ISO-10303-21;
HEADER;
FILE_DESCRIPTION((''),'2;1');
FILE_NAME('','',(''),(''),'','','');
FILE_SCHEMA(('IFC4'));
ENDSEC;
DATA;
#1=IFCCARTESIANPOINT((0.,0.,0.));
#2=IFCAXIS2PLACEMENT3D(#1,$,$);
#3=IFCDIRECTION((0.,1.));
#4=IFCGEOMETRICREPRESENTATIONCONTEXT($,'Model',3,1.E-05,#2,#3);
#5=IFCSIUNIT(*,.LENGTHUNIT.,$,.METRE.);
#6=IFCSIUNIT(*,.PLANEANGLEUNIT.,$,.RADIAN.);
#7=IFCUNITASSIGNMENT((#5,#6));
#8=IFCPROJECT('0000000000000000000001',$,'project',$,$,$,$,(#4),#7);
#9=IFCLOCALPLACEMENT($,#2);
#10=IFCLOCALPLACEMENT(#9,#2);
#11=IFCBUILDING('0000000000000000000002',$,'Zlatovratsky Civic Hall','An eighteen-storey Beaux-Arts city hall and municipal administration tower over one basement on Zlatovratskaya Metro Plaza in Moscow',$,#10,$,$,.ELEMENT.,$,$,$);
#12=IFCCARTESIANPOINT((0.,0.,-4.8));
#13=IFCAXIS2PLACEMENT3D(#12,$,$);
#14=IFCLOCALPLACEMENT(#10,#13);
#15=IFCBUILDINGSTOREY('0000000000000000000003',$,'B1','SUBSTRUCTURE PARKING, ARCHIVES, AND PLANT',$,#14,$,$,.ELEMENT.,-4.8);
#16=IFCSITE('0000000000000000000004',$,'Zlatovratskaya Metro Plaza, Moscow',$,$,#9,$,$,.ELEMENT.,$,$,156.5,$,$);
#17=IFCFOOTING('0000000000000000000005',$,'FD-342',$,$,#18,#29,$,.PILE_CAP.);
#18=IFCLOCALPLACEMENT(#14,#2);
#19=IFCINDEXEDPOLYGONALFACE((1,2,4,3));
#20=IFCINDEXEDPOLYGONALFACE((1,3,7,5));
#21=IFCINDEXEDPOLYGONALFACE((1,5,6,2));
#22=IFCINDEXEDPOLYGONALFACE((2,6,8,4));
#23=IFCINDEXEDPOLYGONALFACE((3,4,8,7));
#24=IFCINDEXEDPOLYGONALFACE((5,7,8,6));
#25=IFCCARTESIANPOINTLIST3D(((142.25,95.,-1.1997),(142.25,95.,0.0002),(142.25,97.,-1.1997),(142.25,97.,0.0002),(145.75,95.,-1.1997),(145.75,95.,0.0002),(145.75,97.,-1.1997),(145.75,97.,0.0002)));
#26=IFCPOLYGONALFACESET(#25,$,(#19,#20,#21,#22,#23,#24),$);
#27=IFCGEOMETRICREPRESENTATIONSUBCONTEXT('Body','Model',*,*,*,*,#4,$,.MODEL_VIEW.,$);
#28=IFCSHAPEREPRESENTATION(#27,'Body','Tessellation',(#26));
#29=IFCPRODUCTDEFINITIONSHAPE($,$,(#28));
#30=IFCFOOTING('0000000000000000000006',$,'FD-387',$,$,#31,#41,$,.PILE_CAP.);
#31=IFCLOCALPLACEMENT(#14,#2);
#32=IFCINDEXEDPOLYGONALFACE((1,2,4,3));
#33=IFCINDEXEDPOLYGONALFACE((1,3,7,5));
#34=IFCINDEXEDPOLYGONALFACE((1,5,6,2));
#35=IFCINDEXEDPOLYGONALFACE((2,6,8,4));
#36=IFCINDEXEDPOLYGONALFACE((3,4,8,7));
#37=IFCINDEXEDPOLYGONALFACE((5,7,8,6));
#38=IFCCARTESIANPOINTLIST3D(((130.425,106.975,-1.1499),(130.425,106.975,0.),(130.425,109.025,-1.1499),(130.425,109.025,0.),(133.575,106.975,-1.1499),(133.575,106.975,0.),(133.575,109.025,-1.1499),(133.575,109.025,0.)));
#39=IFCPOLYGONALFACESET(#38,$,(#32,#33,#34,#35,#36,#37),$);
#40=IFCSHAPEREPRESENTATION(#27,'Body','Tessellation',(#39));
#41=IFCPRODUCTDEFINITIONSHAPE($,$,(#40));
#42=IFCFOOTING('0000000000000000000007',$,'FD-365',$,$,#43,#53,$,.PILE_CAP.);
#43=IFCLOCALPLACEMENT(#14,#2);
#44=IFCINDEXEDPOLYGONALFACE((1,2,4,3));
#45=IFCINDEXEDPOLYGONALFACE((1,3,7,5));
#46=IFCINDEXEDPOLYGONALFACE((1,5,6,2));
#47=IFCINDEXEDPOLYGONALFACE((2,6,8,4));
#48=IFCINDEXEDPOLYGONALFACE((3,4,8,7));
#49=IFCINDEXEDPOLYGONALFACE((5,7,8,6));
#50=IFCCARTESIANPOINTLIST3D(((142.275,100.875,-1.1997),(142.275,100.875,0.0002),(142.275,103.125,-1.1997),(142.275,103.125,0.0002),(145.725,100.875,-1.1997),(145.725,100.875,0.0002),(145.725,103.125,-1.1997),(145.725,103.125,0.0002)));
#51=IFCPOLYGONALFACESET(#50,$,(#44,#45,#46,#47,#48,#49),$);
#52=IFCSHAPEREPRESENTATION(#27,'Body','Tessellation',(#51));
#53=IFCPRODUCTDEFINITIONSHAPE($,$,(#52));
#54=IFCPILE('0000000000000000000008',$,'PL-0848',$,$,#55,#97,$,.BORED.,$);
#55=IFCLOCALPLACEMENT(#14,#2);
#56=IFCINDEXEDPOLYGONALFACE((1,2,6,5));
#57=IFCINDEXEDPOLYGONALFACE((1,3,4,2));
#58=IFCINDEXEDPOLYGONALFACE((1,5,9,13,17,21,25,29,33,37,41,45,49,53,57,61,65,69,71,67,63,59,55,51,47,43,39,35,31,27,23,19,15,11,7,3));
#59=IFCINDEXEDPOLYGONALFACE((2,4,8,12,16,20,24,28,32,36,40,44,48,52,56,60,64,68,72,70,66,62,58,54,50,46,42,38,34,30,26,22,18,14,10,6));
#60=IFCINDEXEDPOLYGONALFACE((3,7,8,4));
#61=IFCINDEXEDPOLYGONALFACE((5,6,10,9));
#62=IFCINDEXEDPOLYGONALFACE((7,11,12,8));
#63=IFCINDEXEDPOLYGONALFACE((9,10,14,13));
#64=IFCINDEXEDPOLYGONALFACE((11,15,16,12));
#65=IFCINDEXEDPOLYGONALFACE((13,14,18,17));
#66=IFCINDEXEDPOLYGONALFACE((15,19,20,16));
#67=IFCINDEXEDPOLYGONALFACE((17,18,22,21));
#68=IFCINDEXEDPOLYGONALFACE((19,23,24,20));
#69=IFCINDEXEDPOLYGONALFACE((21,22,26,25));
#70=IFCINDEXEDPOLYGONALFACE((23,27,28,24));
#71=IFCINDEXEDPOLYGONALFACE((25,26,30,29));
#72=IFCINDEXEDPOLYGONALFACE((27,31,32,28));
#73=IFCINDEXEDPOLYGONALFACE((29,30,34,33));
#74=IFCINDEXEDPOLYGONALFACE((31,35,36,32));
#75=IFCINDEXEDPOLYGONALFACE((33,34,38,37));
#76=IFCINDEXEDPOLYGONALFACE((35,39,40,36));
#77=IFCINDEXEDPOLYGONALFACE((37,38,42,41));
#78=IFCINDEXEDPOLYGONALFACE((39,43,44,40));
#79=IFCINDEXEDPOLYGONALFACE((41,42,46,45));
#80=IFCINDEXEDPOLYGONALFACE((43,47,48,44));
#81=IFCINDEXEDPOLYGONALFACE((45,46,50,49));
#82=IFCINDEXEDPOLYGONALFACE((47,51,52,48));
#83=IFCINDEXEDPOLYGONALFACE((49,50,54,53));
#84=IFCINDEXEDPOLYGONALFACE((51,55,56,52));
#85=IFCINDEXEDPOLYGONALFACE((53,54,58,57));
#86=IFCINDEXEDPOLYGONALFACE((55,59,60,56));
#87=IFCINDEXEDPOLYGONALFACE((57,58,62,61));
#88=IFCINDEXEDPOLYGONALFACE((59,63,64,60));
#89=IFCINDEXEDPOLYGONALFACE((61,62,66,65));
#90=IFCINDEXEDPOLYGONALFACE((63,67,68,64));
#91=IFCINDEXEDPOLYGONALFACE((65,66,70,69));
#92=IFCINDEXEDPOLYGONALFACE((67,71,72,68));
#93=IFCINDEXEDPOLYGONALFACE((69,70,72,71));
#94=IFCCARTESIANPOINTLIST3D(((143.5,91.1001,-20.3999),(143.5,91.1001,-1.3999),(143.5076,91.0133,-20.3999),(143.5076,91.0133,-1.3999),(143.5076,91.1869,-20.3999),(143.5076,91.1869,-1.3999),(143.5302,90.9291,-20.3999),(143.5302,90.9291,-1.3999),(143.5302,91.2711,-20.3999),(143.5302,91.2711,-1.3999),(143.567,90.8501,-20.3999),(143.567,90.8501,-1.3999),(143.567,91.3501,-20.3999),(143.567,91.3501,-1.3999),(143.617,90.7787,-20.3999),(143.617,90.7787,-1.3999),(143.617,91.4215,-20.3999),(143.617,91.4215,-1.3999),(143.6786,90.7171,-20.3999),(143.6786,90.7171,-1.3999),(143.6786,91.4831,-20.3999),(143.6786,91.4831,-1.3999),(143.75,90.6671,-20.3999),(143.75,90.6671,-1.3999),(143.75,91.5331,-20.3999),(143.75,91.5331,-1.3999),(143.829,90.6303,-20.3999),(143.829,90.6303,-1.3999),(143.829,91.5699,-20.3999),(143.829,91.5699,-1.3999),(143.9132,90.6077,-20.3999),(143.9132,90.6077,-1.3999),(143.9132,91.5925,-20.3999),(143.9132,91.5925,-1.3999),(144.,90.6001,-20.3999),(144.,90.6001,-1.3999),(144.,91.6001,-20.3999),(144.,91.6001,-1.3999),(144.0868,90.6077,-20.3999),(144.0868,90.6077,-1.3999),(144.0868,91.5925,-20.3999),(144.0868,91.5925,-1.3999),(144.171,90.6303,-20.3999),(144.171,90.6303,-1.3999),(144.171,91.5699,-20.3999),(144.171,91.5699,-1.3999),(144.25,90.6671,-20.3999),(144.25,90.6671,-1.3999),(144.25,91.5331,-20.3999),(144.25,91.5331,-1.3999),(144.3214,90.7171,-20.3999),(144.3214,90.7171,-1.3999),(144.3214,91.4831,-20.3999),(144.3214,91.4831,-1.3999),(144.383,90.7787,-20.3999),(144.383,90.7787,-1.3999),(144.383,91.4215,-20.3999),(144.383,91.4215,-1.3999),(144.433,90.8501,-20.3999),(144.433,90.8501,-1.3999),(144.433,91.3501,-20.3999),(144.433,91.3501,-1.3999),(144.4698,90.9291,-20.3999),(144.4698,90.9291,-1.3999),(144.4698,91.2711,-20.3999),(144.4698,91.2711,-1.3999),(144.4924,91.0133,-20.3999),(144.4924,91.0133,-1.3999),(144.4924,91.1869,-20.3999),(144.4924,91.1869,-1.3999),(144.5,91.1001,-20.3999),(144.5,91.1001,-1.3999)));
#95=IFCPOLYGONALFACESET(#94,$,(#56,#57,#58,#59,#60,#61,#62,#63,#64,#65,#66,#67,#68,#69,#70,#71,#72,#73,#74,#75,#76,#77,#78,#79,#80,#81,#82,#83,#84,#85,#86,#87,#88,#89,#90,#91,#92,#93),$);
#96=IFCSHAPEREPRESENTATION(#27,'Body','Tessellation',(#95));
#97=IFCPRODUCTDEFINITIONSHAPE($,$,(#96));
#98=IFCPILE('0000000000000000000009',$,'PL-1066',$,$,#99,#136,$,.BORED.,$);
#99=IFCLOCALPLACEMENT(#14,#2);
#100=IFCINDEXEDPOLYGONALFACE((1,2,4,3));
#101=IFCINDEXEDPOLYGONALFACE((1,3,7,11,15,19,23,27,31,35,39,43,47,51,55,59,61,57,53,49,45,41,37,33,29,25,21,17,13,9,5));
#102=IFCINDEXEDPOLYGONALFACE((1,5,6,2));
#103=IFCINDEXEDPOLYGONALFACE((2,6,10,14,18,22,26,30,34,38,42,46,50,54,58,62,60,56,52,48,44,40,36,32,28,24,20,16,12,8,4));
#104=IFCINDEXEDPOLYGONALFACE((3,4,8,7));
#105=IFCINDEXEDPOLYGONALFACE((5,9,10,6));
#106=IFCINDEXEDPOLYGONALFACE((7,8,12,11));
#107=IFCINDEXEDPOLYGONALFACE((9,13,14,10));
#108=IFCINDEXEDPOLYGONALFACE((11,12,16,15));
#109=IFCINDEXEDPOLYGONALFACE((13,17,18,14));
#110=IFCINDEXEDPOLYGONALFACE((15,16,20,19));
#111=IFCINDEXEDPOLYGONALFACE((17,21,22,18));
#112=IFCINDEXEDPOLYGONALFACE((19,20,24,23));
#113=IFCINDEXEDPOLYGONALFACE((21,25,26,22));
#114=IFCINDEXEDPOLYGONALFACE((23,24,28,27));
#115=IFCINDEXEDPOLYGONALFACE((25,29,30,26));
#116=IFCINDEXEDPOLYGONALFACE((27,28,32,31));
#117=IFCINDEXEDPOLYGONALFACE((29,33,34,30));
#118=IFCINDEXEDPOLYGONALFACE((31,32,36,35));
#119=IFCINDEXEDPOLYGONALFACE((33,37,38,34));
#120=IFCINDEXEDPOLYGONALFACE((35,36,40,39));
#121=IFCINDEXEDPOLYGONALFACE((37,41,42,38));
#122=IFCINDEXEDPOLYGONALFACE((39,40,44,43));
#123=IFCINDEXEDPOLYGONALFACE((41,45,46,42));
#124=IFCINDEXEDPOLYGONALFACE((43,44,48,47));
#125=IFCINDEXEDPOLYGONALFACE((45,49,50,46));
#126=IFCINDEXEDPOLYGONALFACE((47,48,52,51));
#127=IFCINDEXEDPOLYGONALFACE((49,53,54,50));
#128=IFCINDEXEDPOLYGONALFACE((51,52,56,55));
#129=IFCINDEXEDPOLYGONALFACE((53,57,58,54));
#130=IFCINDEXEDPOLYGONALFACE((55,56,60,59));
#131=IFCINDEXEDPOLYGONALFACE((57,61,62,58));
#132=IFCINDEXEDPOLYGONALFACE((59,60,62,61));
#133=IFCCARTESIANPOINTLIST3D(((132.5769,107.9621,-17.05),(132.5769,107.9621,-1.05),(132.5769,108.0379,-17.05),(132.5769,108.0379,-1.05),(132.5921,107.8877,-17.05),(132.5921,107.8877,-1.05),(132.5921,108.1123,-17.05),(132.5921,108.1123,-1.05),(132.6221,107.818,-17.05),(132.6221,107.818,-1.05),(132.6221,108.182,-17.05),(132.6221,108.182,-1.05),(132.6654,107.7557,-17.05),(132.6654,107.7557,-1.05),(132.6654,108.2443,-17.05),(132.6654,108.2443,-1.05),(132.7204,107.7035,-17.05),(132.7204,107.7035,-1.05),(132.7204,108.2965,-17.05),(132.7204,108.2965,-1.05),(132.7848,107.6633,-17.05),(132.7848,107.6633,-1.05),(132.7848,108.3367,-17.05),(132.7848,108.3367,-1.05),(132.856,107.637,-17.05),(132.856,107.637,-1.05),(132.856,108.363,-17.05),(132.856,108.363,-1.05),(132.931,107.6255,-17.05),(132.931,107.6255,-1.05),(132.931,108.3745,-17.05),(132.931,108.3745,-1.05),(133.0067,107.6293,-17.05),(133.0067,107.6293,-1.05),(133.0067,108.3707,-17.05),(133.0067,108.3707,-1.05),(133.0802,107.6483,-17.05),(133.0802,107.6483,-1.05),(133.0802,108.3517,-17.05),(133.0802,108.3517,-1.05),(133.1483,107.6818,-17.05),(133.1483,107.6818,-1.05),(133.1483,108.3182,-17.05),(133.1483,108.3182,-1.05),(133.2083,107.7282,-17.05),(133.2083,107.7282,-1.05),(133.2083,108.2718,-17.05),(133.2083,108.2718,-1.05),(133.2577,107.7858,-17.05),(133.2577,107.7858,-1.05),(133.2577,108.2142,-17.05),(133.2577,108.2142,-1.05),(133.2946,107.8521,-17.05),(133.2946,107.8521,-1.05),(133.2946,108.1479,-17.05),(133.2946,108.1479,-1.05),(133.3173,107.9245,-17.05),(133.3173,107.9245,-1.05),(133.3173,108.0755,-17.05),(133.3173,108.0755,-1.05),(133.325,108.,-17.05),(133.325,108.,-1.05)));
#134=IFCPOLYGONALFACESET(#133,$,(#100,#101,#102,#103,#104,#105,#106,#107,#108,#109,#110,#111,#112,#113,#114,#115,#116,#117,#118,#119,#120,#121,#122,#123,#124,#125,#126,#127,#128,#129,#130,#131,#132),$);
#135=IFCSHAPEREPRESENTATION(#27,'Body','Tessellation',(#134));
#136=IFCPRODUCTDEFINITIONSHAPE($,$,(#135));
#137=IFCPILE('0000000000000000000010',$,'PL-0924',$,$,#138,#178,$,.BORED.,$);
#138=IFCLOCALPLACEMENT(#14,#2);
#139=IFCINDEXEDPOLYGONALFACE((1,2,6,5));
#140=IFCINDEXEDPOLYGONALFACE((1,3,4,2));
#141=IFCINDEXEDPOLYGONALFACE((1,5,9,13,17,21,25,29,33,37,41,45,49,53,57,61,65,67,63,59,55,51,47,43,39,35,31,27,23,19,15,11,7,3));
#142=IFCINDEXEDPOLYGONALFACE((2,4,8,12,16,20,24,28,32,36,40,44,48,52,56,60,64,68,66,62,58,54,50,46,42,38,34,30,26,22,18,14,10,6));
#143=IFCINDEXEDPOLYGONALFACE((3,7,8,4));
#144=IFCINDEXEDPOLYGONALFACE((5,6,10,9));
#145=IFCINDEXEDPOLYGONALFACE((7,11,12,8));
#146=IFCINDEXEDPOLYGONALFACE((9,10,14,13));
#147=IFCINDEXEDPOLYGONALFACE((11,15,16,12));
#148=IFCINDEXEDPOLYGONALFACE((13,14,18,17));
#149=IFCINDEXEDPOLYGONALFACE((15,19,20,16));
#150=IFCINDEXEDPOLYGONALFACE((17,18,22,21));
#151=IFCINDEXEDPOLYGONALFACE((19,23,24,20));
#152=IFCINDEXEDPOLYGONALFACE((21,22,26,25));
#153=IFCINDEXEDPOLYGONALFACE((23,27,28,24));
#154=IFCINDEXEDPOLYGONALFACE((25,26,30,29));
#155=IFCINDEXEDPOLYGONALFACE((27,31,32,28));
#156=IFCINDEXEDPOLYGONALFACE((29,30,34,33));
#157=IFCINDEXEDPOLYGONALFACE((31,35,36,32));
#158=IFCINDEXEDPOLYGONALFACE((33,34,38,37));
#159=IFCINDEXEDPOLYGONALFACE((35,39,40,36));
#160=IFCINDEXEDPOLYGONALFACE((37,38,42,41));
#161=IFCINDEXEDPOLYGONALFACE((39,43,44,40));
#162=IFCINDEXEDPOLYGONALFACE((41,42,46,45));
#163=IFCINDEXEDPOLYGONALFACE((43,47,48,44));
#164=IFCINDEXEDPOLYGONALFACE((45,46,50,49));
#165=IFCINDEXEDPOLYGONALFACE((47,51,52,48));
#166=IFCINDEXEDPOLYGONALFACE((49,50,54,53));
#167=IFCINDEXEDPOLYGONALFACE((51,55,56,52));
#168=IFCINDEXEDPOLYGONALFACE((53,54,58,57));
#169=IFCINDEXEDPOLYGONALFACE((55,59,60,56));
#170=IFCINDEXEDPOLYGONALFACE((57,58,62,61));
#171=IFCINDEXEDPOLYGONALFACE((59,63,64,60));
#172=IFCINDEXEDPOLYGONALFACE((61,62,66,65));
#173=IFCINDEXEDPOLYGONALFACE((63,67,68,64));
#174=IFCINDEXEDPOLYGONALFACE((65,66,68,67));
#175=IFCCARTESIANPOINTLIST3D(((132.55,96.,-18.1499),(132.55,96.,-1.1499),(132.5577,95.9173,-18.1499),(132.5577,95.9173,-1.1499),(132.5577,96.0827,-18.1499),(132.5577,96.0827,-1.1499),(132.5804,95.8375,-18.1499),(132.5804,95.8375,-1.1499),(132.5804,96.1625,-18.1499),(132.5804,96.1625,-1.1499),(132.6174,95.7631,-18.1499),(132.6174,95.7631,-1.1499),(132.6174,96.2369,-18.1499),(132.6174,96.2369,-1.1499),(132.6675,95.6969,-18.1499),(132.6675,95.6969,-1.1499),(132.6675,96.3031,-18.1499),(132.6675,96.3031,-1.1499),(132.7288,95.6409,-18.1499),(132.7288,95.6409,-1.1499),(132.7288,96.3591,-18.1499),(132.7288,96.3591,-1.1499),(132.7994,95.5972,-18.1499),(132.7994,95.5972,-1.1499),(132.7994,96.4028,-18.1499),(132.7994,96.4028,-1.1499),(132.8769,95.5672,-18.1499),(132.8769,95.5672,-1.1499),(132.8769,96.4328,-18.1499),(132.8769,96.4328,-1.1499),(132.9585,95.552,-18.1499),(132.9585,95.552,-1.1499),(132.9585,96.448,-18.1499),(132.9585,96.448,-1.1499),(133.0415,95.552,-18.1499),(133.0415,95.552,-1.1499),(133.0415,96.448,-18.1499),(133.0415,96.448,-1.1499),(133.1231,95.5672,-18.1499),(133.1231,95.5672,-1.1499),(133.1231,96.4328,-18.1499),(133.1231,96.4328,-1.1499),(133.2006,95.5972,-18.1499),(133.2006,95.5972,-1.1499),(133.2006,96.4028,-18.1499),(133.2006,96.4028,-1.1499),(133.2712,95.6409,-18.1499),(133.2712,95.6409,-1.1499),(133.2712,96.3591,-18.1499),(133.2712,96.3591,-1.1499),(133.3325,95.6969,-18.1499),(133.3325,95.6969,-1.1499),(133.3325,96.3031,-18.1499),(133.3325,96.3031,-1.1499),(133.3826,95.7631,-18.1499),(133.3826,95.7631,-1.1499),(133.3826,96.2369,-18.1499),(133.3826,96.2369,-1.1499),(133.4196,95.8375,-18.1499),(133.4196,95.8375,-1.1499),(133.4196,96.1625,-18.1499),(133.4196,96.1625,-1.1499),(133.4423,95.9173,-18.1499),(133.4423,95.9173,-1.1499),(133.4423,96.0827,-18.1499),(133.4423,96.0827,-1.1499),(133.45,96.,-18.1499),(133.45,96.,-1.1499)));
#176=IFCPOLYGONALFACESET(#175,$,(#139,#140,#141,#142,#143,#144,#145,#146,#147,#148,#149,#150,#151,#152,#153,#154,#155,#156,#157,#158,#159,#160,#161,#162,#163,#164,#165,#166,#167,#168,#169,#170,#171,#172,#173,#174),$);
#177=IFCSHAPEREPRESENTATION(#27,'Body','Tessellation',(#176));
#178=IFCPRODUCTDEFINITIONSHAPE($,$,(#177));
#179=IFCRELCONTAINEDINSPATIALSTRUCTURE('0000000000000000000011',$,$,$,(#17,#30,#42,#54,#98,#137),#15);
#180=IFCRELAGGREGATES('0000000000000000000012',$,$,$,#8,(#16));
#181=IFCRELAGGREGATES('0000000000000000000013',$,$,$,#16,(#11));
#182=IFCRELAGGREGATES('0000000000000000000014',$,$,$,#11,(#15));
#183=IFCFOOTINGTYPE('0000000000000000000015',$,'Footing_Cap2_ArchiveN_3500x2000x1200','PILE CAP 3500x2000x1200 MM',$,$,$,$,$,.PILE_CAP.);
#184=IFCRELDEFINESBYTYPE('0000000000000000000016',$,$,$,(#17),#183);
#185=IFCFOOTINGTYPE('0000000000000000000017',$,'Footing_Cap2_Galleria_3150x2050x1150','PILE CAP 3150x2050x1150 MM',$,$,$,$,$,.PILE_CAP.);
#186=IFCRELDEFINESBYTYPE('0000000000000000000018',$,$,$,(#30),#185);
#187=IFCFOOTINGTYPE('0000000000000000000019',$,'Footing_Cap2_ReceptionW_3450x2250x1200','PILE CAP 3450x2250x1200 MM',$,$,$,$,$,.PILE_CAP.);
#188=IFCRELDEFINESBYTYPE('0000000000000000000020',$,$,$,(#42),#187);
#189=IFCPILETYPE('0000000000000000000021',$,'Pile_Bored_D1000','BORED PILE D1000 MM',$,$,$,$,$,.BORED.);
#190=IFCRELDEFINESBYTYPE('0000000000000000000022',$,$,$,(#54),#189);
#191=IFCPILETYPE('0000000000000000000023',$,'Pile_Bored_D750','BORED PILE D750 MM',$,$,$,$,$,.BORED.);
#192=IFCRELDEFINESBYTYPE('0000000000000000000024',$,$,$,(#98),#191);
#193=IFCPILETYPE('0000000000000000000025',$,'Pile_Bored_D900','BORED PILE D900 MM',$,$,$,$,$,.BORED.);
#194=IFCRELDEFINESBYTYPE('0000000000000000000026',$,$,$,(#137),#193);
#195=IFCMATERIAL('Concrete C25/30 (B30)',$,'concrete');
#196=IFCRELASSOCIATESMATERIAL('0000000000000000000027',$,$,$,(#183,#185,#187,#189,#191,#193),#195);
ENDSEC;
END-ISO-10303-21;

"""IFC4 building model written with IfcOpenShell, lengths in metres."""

from ifc_helpers import new_model, si_unit, direction, frame, origin, origin_2d, place, context, subcontext, project, spatial, rectangle, circle, extrude, material, material_profile, profile_set, type_object, element, save


model = new_model("IFC4")

# Units and contexts
model_context = context("Model", 3, precision=1e-05, world=origin(), true_north=direction((0.0, 1.0)))
body_context = subcontext(model_context, "Body", "Model", "MODEL_VIEW")
ifc_project = project(units=[si_unit("LENGTHUNIT", "METRE"), si_unit("PLANEANGLEUNIT", "RADIAN")], contexts=[model_context])

# Site, building, storey
site_placement = place(None, origin())
site = spatial("IfcSite", under=ifc_project, at=site_placement, Name="Zlatovratskaya Metro Plaza, Moscow", CompositionType="ELEMENT", RefElevation=156.5)
building_placement = place(site_placement, origin())
building = spatial("IfcBuilding", under=site, at=building_placement, Name="Zlatovratsky Civic Hall", Description="An eighteen-storey Beaux-Arts city hall and municipal administration tower over one basement on Zlatovratskaya Metro Plaza in Moscow", CompositionType="ELEMENT")
storey_placement = place(building_placement, frame((0.0, 0.0, -4.8)))
storey = spatial("IfcBuildingStorey", under=building, at=storey_placement, Name="B1", Description="SUBSTRUCTURE PARKING, ARCHIVES, AND PLANT", CompositionType="ELEMENT", Elevation=-4.8)

# Footings
ifc_material_1 = material(Name="Concrete C25/30 (B30)", Category="concrete")
footing_type_1 = type_object("IfcFootingType", Name="Footing_Cap2_ArchiveN_3500x2000x1200", Description="PILE CAP 3500x2000x1200 MM", PredefinedType="PILE_CAP", material=ifc_material_1)
footing_1_placement = place(storey_placement, frame((144.0, 96.0, -1.1997), z_axis=(0.0, 0.0, 1.0), x_axis=(1.0, 0.0, 0.0)))
element("IfcFooting", 1, at=footing_1_placement, inside=storey, type_object=footing_type_1, Name="FD-342", PredefinedType="PILE_CAP", context=body_context, shape_type="SweptSolid", body=[
    extrude(rectangle(XDim=3.5, YDim=2.0, at=origin_2d()), origin(), (0.0, 0.0, 1.0), 1.2),
])
footing_type_2 = type_object("IfcFootingType", Name="Footing_Cap2_Galleria_3150x2050x1150", Description="PILE CAP 3150x2050x1150 MM", PredefinedType="PILE_CAP", material=ifc_material_1)
footing_2_placement = place(storey_placement, frame((132.0, 108.0, -1.1499), z_axis=(0.0, 0.0, 1.0), x_axis=(1.0, 0.0, 0.0)))
element("IfcFooting", 2, at=footing_2_placement, inside=storey, type_object=footing_type_2, Name="FD-387", PredefinedType="PILE_CAP", context=body_context, shape_type="SweptSolid", body=[
    extrude(rectangle(XDim=3.1499, YDim=2.05, at=origin_2d()), origin(), (0.0, 0.0, 1.0), 1.1499),
])
footing_type_3 = type_object("IfcFootingType", Name="Footing_Cap2_ReceptionW_3450x2250x1200", Description="PILE CAP 3450x2250x1200 MM", PredefinedType="PILE_CAP", material=ifc_material_1)
footing_3_placement = place(storey_placement, frame((144.0, 102.0, -1.1997), z_axis=(0.0, 0.0, 1.0), x_axis=(1.0, 0.0, 0.0)))
element("IfcFooting", 3, at=footing_3_placement, inside=storey, type_object=footing_type_3, Name="FD-365", PredefinedType="PILE_CAP", context=body_context, shape_type="SweptSolid", body=[
    extrude(rectangle(XDim=3.45, YDim=2.25, at=origin_2d()), origin(), (0.0, 0.0, 1.0), 1.2),
])

# Piles
ifc_material_profile_1 = material_profile(ifc_material_1, circle(Radius=0.5, at=origin_2d()), Name="PILE D1000")
ifc_profile_set_1 = profile_set([ifc_material_profile_1], Name="Concrete C25/30 (B30)")
pile_type_1 = type_object("IfcPileType", Name="Pile_Bored_D1000", Description="BORED PILE D1000 MM", PredefinedType="BORED", material=ifc_profile_set_1)
pile_1_placement = place(storey_placement, frame((144.0, 91.1001, -1.3999), z_axis=(0.0, 0.0, -1.0), x_axis=(1.0, 0.0, 0.0)))
element("IfcPile", 4, at=pile_1_placement, inside=storey, type_object=pile_type_1, Name="PL-0848", PredefinedType="BORED", context=body_context, shape_type="SweptSolid", body=[
    extrude(circle(Radius=0.5, at=origin_2d()), origin(), (0.0, 0.0, 1.0), 19.0),
])
ifc_material_profile_2 = material_profile(ifc_material_1, circle(Radius=0.375, at=origin_2d()), Name="PILE D750")
ifc_profile_set_2 = profile_set([ifc_material_profile_2], Name="Concrete C25/30 (B30)")
pile_type_2 = type_object("IfcPileType", Name="Pile_Bored_D750", Description="BORED PILE D750 MM", PredefinedType="BORED", material=ifc_profile_set_2)
pile_2_placement = place(storey_placement, frame((132.95, 108.0, -1.05), z_axis=(0.0, 0.0, -1.0), x_axis=(1.0, 0.0, 0.0)))
element("IfcPile", 5, at=pile_2_placement, inside=storey, type_object=pile_type_2, Name="PL-1066", PredefinedType="BORED", context=body_context, shape_type="SweptSolid", body=[
    extrude(circle(Radius=0.375, at=origin_2d()), origin(), (0.0, 0.0, 1.0), 16.0),
])
ifc_material_profile_3 = material_profile(ifc_material_1, circle(Radius=0.45, at=origin_2d()), Name="PILE D900")
ifc_profile_set_3 = profile_set([ifc_material_profile_3], Name="Concrete C25/30 (B30)")
pile_type_3 = type_object("IfcPileType", Name="Pile_Bored_D900", Description="BORED PILE D900 MM", PredefinedType="BORED", material=ifc_profile_set_3)
for number, where, z_axis, x_axis, name in (
    (6, (133.0, 96.0, -1.1499), (0.0, 0.0, -1.0), (1.0, 0.0, 0.0), "PL-0924"),
):
    element("IfcPile", number, at=place(storey_placement, frame(where, z_axis=z_axis, x_axis=x_axis)), inside=storey, type_object=pile_type_3, Name=name, PredefinedType="BORED", context=body_context, shape_type="SweptSolid", body=[
        extrude(circle(Radius=0.45, at=origin_2d()), origin(), (0.0, 0.0, 1.0), 17.0),
    ])

save(model, "model.ifc")
